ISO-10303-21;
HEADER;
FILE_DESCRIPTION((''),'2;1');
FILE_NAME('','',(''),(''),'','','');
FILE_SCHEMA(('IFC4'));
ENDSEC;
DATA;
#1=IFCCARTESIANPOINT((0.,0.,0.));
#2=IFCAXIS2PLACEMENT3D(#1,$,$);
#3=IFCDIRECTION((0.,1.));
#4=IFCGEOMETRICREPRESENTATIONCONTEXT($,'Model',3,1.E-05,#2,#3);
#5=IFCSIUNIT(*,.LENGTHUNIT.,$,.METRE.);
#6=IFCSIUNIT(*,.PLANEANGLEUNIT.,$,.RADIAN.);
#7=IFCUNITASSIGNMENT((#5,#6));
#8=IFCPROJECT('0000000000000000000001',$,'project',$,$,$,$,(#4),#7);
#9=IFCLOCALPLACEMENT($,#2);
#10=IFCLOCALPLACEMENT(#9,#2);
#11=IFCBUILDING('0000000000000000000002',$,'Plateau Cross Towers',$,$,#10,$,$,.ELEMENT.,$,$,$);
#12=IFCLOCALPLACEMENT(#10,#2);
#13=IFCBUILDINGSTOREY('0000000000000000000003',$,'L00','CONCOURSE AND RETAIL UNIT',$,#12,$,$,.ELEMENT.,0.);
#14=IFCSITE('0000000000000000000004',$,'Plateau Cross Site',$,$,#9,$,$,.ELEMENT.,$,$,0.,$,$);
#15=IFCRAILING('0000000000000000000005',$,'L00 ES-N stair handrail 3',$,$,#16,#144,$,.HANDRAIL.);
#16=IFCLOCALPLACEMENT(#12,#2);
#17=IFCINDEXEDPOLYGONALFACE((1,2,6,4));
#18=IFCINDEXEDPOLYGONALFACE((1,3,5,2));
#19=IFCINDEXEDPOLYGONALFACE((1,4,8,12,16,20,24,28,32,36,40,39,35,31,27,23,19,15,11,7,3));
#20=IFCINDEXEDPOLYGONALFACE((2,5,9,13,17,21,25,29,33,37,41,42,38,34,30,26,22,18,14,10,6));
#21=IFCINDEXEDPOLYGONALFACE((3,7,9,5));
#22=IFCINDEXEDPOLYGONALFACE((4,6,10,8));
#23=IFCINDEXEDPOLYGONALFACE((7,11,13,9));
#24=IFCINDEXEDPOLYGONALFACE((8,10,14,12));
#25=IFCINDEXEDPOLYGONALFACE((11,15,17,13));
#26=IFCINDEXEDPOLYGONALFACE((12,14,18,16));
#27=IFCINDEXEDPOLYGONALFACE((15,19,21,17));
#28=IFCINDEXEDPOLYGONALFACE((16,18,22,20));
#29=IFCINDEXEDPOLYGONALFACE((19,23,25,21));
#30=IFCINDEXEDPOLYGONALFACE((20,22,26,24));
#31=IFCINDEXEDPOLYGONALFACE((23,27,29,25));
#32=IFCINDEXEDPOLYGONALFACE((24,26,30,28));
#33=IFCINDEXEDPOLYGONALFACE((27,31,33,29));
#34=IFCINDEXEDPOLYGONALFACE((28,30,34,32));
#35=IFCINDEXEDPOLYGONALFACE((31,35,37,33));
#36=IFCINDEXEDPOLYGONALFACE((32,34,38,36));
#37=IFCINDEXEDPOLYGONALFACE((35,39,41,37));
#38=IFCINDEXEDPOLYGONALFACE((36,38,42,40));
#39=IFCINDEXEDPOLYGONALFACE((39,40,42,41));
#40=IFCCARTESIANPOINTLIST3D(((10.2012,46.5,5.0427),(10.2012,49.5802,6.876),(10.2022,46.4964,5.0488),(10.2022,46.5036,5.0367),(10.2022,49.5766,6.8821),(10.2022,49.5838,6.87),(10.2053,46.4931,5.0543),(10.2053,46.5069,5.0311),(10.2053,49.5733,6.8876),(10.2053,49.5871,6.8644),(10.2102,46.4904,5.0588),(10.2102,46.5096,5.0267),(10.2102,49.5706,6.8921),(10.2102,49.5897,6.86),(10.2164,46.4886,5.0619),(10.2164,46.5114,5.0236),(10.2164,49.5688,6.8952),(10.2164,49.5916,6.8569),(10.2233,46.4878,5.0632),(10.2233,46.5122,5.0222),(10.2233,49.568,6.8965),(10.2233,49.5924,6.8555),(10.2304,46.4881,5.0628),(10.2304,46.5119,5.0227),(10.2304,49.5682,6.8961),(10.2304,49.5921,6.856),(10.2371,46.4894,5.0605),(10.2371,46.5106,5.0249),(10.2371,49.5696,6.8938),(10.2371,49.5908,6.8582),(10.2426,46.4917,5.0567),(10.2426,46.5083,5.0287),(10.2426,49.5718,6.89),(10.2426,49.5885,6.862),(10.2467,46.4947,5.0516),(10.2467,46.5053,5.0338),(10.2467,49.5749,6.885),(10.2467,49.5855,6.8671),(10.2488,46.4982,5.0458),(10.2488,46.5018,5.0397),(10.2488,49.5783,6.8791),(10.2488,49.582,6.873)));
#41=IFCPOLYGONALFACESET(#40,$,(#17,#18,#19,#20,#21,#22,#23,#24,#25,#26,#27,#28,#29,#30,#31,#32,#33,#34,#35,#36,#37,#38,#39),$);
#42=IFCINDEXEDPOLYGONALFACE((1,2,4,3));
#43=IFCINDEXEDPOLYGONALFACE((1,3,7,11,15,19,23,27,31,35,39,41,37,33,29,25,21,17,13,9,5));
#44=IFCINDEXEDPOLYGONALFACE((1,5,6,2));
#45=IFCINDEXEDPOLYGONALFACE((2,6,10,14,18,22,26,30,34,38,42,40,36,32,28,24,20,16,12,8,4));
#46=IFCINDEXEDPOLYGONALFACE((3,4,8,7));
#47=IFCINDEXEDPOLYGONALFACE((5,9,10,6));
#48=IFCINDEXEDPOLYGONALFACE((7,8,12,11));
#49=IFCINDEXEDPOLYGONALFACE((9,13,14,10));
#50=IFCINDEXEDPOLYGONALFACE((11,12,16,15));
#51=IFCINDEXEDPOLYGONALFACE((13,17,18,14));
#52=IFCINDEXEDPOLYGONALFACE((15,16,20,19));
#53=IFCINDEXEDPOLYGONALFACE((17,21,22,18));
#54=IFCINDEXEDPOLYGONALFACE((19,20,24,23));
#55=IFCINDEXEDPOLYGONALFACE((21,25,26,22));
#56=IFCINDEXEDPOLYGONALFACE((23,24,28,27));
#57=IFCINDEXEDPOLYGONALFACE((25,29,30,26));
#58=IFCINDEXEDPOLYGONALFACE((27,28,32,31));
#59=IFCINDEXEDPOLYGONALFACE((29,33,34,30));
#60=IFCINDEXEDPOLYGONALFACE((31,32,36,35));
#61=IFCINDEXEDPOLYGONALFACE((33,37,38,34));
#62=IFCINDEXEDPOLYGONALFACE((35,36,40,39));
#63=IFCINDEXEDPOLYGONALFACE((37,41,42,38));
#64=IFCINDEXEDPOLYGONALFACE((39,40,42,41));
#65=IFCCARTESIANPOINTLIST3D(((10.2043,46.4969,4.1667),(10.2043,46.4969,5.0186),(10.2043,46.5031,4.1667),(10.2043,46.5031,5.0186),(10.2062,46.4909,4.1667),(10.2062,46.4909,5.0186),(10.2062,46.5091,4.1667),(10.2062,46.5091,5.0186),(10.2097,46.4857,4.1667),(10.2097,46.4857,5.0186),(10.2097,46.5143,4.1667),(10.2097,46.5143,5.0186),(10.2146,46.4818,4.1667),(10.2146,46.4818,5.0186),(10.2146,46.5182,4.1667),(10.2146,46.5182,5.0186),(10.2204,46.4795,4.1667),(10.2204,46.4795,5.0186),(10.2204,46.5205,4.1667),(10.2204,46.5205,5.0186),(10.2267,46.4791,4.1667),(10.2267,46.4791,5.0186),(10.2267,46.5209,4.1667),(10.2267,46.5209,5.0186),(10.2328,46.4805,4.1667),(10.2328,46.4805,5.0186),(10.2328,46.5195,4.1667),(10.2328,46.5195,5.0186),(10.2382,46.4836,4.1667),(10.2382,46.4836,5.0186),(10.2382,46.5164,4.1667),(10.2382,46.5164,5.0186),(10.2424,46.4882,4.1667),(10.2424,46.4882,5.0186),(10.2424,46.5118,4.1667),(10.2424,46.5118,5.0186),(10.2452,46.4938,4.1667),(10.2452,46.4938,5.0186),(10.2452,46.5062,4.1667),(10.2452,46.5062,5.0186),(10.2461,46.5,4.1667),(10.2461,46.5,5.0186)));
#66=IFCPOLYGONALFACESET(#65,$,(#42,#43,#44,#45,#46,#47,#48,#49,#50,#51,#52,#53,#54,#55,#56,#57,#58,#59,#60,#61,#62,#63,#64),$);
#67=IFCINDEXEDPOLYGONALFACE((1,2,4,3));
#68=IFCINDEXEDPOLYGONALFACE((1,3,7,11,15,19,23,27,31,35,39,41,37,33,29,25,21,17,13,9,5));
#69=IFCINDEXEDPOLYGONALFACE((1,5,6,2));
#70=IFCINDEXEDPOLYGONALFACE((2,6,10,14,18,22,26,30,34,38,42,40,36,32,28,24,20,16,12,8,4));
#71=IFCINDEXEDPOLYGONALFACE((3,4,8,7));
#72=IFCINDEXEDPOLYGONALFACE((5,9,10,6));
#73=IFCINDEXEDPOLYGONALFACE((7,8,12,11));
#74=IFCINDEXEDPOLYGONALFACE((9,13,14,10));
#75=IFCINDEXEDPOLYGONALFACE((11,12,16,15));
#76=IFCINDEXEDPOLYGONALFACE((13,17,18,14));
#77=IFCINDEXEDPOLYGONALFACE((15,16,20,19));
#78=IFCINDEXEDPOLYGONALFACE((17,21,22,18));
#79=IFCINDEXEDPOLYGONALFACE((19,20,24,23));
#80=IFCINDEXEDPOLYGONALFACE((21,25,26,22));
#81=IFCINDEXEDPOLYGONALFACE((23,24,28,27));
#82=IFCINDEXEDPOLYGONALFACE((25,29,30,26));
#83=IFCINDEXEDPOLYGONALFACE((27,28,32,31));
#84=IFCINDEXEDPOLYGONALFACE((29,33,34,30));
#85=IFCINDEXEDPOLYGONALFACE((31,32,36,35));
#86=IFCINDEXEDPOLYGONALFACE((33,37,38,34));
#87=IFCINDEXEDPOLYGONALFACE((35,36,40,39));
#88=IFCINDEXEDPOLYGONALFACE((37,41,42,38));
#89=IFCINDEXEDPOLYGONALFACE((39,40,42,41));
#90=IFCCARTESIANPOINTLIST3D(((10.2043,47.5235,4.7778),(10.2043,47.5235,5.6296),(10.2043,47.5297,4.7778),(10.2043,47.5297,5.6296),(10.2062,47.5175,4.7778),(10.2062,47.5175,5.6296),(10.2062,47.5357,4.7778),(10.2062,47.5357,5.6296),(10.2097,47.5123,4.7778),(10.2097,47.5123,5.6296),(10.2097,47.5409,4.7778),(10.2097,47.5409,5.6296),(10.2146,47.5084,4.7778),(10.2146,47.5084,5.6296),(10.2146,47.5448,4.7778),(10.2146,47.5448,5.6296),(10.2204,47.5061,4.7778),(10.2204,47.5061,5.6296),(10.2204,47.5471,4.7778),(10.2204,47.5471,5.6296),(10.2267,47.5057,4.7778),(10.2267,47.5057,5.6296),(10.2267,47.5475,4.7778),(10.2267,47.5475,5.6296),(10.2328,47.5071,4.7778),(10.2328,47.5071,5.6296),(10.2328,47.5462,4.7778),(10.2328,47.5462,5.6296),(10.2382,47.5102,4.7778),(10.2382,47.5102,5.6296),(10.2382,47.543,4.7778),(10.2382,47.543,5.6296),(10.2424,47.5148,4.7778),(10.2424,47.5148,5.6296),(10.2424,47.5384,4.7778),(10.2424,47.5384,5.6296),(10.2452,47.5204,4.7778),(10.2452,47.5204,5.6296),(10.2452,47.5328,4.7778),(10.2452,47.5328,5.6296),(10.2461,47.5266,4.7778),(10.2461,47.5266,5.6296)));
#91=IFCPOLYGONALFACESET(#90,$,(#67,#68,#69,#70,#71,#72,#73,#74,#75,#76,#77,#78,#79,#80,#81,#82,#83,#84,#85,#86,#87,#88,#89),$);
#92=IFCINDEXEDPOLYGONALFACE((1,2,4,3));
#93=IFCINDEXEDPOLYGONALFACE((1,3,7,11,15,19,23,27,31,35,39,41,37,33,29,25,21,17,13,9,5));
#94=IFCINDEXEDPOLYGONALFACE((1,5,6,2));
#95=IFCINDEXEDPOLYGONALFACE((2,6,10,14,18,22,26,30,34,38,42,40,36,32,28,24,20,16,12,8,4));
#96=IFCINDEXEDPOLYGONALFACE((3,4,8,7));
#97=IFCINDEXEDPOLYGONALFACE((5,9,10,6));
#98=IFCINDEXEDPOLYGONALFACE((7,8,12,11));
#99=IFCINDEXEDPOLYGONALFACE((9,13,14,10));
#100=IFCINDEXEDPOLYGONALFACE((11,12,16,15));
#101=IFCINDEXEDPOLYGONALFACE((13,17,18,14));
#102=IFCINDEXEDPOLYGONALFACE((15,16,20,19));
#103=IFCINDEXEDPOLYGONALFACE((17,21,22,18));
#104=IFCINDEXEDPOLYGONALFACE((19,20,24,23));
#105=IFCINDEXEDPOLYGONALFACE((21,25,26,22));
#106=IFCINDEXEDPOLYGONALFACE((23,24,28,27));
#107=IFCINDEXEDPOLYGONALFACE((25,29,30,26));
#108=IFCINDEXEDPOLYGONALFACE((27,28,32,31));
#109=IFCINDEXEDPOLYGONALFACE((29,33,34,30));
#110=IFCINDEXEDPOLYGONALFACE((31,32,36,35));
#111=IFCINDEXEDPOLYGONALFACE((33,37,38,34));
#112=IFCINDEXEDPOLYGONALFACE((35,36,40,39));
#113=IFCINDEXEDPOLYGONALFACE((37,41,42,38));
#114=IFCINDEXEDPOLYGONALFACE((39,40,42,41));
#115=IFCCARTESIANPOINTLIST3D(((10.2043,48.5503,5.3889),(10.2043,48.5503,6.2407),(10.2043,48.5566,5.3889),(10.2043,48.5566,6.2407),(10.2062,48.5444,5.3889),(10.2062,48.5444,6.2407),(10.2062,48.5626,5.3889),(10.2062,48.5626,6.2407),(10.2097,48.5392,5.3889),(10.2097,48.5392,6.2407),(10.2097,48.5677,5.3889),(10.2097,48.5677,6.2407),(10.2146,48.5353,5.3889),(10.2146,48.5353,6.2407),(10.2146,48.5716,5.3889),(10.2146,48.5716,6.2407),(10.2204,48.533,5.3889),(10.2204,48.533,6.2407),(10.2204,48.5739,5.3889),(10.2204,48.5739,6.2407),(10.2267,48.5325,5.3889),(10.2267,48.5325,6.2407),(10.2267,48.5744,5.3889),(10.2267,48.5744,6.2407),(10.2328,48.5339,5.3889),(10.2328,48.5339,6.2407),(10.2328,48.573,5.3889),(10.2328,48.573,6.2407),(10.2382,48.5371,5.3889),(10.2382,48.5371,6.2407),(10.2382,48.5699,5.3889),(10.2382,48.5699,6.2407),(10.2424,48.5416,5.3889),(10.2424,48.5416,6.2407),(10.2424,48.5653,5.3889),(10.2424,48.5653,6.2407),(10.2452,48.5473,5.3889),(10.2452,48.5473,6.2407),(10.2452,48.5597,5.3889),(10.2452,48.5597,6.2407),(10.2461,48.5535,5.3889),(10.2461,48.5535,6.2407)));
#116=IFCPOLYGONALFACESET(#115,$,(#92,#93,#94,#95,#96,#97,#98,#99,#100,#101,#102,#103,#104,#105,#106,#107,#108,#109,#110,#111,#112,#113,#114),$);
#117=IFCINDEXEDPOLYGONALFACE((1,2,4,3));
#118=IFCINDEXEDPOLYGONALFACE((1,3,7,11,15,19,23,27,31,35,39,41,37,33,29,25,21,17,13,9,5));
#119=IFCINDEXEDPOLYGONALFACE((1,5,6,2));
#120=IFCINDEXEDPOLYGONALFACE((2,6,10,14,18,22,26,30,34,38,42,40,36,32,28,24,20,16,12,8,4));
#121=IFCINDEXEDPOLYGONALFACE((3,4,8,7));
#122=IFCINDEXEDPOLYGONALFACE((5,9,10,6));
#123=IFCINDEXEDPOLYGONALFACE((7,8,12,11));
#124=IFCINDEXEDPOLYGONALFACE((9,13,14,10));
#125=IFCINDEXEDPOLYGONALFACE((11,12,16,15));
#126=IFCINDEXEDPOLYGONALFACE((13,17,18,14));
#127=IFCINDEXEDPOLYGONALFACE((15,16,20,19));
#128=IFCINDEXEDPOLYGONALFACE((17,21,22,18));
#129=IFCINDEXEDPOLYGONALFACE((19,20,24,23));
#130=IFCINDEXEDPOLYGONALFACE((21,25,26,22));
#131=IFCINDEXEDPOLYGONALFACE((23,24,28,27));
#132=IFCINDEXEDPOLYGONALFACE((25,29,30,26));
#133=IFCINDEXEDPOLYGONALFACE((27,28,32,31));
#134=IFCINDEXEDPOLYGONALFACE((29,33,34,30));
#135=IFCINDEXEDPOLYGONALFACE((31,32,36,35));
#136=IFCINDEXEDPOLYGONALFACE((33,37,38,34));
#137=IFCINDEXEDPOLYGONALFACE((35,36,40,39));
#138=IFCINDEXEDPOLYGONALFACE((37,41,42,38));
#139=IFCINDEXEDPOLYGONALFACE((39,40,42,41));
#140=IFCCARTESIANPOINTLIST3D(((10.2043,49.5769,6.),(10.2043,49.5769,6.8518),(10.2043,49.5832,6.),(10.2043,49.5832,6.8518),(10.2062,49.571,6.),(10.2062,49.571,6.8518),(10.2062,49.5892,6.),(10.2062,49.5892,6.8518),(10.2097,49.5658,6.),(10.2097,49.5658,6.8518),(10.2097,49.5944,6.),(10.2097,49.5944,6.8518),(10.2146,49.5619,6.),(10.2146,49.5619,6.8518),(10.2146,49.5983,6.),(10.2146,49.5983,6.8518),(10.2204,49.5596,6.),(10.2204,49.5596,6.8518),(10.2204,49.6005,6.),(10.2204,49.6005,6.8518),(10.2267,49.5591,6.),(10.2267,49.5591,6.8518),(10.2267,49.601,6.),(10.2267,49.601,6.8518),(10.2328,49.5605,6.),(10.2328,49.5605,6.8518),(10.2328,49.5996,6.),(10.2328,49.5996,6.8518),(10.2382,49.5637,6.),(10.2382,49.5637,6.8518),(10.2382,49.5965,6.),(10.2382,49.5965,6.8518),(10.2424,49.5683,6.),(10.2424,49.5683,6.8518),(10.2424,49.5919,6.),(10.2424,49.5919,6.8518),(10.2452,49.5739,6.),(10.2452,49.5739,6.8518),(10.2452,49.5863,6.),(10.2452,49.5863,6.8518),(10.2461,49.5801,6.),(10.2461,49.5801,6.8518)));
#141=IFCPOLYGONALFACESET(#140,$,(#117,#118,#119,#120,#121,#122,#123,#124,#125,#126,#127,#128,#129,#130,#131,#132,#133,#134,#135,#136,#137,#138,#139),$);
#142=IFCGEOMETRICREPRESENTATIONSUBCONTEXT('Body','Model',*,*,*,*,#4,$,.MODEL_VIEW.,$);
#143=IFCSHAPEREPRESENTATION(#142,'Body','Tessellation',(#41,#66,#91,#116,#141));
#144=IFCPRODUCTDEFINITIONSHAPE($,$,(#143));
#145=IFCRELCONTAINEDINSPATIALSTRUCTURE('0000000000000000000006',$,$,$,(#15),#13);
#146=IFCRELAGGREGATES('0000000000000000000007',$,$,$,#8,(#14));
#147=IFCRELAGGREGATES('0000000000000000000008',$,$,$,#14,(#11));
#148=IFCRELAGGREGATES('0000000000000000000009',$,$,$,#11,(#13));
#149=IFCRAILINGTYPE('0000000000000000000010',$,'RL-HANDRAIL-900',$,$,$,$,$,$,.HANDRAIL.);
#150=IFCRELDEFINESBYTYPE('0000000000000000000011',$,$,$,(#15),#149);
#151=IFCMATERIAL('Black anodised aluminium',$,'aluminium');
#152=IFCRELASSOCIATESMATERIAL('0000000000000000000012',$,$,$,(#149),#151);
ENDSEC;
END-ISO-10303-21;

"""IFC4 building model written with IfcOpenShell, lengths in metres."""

from ifc_helpers import new_model, si_unit, direction, frame, origin, origin_2d, place, context, subcontext, project, spatial, circle, extrude, material, type_object, element, save


model = new_model("IFC4")

# Units and contexts
model_context = context("Model", 3, precision=1e-05, world=origin(), true_north=direction((0.0, 1.0)))
body_context = subcontext(model_context, "Body", "Model", "MODEL_VIEW")
ifc_project = project(units=[si_unit("LENGTHUNIT", "METRE"), si_unit("PLANEANGLEUNIT", "RADIAN")], contexts=[model_context])

# Site, building, storey
site_placement = place(None, origin())
site = spatial("IfcSite", under=ifc_project, at=site_placement, Name="Plateau Cross Site", CompositionType="ELEMENT", RefElevation=0.0)
building_placement = place(site_placement, origin())
building = spatial("IfcBuilding", under=site, at=building_placement, Name="Plateau Cross Towers", CompositionType="ELEMENT")
storey_placement = place(building_placement, origin())
storey = spatial("IfcBuildingStorey", under=building, at=storey_placement, Name="L00", Description="CONCOURSE AND RETAIL UNIT", CompositionType="ELEMENT", Elevation=0.0)

# Shared definitions
ifc_material_1 = material(Name="Black anodised aluminium", Category="aluminium")

# Railing
railing_type_1 = type_object("IfcRailingType", Name="RL-HANDRAIL-900", PredefinedType="HANDRAIL", material=ifc_material_1)
railing_1_placement = place(storey_placement, frame((10.2251, 46.5, 4.1667)))
element("IfcRailing", 1, at=railing_1_placement, inside=storey, type_object=railing_type_1, Name="L00 ES-N stair handrail 3", PredefinedType="HANDRAIL", context=body_context, shape_type="SweptSolid", body=[
    extrude(circle(Radius=0.0239, at=origin_2d()), frame((0.0, 0.0, 0.876), z_axis=(0.0, 0.859309, 0.511458), x_axis=(-1.0, 0.0, 0.0)), (0.0, 0.0, 1.0), 3.5845),
    extrude(circle(Radius=0.021, at=origin_2d()), origin(), (0.0, 0.0, 1.0), 0.8518),
    extrude(circle(Radius=0.021, at=origin_2d()), frame((0.0, 1.0266, 0.6111)), (0.0, 0.0, 1.0), 0.8518),
    extrude(circle(Radius=0.021, at=origin_2d()), frame((0.0, 2.0535, 1.2222)), (0.0, 0.0, 1.0), 0.8518),
    extrude(circle(Radius=0.021, at=origin_2d()), frame((0.0, 3.0801, 1.8333)), (0.0, 0.0, 1.0), 0.8518),
])

save(model, "model.ifc")
